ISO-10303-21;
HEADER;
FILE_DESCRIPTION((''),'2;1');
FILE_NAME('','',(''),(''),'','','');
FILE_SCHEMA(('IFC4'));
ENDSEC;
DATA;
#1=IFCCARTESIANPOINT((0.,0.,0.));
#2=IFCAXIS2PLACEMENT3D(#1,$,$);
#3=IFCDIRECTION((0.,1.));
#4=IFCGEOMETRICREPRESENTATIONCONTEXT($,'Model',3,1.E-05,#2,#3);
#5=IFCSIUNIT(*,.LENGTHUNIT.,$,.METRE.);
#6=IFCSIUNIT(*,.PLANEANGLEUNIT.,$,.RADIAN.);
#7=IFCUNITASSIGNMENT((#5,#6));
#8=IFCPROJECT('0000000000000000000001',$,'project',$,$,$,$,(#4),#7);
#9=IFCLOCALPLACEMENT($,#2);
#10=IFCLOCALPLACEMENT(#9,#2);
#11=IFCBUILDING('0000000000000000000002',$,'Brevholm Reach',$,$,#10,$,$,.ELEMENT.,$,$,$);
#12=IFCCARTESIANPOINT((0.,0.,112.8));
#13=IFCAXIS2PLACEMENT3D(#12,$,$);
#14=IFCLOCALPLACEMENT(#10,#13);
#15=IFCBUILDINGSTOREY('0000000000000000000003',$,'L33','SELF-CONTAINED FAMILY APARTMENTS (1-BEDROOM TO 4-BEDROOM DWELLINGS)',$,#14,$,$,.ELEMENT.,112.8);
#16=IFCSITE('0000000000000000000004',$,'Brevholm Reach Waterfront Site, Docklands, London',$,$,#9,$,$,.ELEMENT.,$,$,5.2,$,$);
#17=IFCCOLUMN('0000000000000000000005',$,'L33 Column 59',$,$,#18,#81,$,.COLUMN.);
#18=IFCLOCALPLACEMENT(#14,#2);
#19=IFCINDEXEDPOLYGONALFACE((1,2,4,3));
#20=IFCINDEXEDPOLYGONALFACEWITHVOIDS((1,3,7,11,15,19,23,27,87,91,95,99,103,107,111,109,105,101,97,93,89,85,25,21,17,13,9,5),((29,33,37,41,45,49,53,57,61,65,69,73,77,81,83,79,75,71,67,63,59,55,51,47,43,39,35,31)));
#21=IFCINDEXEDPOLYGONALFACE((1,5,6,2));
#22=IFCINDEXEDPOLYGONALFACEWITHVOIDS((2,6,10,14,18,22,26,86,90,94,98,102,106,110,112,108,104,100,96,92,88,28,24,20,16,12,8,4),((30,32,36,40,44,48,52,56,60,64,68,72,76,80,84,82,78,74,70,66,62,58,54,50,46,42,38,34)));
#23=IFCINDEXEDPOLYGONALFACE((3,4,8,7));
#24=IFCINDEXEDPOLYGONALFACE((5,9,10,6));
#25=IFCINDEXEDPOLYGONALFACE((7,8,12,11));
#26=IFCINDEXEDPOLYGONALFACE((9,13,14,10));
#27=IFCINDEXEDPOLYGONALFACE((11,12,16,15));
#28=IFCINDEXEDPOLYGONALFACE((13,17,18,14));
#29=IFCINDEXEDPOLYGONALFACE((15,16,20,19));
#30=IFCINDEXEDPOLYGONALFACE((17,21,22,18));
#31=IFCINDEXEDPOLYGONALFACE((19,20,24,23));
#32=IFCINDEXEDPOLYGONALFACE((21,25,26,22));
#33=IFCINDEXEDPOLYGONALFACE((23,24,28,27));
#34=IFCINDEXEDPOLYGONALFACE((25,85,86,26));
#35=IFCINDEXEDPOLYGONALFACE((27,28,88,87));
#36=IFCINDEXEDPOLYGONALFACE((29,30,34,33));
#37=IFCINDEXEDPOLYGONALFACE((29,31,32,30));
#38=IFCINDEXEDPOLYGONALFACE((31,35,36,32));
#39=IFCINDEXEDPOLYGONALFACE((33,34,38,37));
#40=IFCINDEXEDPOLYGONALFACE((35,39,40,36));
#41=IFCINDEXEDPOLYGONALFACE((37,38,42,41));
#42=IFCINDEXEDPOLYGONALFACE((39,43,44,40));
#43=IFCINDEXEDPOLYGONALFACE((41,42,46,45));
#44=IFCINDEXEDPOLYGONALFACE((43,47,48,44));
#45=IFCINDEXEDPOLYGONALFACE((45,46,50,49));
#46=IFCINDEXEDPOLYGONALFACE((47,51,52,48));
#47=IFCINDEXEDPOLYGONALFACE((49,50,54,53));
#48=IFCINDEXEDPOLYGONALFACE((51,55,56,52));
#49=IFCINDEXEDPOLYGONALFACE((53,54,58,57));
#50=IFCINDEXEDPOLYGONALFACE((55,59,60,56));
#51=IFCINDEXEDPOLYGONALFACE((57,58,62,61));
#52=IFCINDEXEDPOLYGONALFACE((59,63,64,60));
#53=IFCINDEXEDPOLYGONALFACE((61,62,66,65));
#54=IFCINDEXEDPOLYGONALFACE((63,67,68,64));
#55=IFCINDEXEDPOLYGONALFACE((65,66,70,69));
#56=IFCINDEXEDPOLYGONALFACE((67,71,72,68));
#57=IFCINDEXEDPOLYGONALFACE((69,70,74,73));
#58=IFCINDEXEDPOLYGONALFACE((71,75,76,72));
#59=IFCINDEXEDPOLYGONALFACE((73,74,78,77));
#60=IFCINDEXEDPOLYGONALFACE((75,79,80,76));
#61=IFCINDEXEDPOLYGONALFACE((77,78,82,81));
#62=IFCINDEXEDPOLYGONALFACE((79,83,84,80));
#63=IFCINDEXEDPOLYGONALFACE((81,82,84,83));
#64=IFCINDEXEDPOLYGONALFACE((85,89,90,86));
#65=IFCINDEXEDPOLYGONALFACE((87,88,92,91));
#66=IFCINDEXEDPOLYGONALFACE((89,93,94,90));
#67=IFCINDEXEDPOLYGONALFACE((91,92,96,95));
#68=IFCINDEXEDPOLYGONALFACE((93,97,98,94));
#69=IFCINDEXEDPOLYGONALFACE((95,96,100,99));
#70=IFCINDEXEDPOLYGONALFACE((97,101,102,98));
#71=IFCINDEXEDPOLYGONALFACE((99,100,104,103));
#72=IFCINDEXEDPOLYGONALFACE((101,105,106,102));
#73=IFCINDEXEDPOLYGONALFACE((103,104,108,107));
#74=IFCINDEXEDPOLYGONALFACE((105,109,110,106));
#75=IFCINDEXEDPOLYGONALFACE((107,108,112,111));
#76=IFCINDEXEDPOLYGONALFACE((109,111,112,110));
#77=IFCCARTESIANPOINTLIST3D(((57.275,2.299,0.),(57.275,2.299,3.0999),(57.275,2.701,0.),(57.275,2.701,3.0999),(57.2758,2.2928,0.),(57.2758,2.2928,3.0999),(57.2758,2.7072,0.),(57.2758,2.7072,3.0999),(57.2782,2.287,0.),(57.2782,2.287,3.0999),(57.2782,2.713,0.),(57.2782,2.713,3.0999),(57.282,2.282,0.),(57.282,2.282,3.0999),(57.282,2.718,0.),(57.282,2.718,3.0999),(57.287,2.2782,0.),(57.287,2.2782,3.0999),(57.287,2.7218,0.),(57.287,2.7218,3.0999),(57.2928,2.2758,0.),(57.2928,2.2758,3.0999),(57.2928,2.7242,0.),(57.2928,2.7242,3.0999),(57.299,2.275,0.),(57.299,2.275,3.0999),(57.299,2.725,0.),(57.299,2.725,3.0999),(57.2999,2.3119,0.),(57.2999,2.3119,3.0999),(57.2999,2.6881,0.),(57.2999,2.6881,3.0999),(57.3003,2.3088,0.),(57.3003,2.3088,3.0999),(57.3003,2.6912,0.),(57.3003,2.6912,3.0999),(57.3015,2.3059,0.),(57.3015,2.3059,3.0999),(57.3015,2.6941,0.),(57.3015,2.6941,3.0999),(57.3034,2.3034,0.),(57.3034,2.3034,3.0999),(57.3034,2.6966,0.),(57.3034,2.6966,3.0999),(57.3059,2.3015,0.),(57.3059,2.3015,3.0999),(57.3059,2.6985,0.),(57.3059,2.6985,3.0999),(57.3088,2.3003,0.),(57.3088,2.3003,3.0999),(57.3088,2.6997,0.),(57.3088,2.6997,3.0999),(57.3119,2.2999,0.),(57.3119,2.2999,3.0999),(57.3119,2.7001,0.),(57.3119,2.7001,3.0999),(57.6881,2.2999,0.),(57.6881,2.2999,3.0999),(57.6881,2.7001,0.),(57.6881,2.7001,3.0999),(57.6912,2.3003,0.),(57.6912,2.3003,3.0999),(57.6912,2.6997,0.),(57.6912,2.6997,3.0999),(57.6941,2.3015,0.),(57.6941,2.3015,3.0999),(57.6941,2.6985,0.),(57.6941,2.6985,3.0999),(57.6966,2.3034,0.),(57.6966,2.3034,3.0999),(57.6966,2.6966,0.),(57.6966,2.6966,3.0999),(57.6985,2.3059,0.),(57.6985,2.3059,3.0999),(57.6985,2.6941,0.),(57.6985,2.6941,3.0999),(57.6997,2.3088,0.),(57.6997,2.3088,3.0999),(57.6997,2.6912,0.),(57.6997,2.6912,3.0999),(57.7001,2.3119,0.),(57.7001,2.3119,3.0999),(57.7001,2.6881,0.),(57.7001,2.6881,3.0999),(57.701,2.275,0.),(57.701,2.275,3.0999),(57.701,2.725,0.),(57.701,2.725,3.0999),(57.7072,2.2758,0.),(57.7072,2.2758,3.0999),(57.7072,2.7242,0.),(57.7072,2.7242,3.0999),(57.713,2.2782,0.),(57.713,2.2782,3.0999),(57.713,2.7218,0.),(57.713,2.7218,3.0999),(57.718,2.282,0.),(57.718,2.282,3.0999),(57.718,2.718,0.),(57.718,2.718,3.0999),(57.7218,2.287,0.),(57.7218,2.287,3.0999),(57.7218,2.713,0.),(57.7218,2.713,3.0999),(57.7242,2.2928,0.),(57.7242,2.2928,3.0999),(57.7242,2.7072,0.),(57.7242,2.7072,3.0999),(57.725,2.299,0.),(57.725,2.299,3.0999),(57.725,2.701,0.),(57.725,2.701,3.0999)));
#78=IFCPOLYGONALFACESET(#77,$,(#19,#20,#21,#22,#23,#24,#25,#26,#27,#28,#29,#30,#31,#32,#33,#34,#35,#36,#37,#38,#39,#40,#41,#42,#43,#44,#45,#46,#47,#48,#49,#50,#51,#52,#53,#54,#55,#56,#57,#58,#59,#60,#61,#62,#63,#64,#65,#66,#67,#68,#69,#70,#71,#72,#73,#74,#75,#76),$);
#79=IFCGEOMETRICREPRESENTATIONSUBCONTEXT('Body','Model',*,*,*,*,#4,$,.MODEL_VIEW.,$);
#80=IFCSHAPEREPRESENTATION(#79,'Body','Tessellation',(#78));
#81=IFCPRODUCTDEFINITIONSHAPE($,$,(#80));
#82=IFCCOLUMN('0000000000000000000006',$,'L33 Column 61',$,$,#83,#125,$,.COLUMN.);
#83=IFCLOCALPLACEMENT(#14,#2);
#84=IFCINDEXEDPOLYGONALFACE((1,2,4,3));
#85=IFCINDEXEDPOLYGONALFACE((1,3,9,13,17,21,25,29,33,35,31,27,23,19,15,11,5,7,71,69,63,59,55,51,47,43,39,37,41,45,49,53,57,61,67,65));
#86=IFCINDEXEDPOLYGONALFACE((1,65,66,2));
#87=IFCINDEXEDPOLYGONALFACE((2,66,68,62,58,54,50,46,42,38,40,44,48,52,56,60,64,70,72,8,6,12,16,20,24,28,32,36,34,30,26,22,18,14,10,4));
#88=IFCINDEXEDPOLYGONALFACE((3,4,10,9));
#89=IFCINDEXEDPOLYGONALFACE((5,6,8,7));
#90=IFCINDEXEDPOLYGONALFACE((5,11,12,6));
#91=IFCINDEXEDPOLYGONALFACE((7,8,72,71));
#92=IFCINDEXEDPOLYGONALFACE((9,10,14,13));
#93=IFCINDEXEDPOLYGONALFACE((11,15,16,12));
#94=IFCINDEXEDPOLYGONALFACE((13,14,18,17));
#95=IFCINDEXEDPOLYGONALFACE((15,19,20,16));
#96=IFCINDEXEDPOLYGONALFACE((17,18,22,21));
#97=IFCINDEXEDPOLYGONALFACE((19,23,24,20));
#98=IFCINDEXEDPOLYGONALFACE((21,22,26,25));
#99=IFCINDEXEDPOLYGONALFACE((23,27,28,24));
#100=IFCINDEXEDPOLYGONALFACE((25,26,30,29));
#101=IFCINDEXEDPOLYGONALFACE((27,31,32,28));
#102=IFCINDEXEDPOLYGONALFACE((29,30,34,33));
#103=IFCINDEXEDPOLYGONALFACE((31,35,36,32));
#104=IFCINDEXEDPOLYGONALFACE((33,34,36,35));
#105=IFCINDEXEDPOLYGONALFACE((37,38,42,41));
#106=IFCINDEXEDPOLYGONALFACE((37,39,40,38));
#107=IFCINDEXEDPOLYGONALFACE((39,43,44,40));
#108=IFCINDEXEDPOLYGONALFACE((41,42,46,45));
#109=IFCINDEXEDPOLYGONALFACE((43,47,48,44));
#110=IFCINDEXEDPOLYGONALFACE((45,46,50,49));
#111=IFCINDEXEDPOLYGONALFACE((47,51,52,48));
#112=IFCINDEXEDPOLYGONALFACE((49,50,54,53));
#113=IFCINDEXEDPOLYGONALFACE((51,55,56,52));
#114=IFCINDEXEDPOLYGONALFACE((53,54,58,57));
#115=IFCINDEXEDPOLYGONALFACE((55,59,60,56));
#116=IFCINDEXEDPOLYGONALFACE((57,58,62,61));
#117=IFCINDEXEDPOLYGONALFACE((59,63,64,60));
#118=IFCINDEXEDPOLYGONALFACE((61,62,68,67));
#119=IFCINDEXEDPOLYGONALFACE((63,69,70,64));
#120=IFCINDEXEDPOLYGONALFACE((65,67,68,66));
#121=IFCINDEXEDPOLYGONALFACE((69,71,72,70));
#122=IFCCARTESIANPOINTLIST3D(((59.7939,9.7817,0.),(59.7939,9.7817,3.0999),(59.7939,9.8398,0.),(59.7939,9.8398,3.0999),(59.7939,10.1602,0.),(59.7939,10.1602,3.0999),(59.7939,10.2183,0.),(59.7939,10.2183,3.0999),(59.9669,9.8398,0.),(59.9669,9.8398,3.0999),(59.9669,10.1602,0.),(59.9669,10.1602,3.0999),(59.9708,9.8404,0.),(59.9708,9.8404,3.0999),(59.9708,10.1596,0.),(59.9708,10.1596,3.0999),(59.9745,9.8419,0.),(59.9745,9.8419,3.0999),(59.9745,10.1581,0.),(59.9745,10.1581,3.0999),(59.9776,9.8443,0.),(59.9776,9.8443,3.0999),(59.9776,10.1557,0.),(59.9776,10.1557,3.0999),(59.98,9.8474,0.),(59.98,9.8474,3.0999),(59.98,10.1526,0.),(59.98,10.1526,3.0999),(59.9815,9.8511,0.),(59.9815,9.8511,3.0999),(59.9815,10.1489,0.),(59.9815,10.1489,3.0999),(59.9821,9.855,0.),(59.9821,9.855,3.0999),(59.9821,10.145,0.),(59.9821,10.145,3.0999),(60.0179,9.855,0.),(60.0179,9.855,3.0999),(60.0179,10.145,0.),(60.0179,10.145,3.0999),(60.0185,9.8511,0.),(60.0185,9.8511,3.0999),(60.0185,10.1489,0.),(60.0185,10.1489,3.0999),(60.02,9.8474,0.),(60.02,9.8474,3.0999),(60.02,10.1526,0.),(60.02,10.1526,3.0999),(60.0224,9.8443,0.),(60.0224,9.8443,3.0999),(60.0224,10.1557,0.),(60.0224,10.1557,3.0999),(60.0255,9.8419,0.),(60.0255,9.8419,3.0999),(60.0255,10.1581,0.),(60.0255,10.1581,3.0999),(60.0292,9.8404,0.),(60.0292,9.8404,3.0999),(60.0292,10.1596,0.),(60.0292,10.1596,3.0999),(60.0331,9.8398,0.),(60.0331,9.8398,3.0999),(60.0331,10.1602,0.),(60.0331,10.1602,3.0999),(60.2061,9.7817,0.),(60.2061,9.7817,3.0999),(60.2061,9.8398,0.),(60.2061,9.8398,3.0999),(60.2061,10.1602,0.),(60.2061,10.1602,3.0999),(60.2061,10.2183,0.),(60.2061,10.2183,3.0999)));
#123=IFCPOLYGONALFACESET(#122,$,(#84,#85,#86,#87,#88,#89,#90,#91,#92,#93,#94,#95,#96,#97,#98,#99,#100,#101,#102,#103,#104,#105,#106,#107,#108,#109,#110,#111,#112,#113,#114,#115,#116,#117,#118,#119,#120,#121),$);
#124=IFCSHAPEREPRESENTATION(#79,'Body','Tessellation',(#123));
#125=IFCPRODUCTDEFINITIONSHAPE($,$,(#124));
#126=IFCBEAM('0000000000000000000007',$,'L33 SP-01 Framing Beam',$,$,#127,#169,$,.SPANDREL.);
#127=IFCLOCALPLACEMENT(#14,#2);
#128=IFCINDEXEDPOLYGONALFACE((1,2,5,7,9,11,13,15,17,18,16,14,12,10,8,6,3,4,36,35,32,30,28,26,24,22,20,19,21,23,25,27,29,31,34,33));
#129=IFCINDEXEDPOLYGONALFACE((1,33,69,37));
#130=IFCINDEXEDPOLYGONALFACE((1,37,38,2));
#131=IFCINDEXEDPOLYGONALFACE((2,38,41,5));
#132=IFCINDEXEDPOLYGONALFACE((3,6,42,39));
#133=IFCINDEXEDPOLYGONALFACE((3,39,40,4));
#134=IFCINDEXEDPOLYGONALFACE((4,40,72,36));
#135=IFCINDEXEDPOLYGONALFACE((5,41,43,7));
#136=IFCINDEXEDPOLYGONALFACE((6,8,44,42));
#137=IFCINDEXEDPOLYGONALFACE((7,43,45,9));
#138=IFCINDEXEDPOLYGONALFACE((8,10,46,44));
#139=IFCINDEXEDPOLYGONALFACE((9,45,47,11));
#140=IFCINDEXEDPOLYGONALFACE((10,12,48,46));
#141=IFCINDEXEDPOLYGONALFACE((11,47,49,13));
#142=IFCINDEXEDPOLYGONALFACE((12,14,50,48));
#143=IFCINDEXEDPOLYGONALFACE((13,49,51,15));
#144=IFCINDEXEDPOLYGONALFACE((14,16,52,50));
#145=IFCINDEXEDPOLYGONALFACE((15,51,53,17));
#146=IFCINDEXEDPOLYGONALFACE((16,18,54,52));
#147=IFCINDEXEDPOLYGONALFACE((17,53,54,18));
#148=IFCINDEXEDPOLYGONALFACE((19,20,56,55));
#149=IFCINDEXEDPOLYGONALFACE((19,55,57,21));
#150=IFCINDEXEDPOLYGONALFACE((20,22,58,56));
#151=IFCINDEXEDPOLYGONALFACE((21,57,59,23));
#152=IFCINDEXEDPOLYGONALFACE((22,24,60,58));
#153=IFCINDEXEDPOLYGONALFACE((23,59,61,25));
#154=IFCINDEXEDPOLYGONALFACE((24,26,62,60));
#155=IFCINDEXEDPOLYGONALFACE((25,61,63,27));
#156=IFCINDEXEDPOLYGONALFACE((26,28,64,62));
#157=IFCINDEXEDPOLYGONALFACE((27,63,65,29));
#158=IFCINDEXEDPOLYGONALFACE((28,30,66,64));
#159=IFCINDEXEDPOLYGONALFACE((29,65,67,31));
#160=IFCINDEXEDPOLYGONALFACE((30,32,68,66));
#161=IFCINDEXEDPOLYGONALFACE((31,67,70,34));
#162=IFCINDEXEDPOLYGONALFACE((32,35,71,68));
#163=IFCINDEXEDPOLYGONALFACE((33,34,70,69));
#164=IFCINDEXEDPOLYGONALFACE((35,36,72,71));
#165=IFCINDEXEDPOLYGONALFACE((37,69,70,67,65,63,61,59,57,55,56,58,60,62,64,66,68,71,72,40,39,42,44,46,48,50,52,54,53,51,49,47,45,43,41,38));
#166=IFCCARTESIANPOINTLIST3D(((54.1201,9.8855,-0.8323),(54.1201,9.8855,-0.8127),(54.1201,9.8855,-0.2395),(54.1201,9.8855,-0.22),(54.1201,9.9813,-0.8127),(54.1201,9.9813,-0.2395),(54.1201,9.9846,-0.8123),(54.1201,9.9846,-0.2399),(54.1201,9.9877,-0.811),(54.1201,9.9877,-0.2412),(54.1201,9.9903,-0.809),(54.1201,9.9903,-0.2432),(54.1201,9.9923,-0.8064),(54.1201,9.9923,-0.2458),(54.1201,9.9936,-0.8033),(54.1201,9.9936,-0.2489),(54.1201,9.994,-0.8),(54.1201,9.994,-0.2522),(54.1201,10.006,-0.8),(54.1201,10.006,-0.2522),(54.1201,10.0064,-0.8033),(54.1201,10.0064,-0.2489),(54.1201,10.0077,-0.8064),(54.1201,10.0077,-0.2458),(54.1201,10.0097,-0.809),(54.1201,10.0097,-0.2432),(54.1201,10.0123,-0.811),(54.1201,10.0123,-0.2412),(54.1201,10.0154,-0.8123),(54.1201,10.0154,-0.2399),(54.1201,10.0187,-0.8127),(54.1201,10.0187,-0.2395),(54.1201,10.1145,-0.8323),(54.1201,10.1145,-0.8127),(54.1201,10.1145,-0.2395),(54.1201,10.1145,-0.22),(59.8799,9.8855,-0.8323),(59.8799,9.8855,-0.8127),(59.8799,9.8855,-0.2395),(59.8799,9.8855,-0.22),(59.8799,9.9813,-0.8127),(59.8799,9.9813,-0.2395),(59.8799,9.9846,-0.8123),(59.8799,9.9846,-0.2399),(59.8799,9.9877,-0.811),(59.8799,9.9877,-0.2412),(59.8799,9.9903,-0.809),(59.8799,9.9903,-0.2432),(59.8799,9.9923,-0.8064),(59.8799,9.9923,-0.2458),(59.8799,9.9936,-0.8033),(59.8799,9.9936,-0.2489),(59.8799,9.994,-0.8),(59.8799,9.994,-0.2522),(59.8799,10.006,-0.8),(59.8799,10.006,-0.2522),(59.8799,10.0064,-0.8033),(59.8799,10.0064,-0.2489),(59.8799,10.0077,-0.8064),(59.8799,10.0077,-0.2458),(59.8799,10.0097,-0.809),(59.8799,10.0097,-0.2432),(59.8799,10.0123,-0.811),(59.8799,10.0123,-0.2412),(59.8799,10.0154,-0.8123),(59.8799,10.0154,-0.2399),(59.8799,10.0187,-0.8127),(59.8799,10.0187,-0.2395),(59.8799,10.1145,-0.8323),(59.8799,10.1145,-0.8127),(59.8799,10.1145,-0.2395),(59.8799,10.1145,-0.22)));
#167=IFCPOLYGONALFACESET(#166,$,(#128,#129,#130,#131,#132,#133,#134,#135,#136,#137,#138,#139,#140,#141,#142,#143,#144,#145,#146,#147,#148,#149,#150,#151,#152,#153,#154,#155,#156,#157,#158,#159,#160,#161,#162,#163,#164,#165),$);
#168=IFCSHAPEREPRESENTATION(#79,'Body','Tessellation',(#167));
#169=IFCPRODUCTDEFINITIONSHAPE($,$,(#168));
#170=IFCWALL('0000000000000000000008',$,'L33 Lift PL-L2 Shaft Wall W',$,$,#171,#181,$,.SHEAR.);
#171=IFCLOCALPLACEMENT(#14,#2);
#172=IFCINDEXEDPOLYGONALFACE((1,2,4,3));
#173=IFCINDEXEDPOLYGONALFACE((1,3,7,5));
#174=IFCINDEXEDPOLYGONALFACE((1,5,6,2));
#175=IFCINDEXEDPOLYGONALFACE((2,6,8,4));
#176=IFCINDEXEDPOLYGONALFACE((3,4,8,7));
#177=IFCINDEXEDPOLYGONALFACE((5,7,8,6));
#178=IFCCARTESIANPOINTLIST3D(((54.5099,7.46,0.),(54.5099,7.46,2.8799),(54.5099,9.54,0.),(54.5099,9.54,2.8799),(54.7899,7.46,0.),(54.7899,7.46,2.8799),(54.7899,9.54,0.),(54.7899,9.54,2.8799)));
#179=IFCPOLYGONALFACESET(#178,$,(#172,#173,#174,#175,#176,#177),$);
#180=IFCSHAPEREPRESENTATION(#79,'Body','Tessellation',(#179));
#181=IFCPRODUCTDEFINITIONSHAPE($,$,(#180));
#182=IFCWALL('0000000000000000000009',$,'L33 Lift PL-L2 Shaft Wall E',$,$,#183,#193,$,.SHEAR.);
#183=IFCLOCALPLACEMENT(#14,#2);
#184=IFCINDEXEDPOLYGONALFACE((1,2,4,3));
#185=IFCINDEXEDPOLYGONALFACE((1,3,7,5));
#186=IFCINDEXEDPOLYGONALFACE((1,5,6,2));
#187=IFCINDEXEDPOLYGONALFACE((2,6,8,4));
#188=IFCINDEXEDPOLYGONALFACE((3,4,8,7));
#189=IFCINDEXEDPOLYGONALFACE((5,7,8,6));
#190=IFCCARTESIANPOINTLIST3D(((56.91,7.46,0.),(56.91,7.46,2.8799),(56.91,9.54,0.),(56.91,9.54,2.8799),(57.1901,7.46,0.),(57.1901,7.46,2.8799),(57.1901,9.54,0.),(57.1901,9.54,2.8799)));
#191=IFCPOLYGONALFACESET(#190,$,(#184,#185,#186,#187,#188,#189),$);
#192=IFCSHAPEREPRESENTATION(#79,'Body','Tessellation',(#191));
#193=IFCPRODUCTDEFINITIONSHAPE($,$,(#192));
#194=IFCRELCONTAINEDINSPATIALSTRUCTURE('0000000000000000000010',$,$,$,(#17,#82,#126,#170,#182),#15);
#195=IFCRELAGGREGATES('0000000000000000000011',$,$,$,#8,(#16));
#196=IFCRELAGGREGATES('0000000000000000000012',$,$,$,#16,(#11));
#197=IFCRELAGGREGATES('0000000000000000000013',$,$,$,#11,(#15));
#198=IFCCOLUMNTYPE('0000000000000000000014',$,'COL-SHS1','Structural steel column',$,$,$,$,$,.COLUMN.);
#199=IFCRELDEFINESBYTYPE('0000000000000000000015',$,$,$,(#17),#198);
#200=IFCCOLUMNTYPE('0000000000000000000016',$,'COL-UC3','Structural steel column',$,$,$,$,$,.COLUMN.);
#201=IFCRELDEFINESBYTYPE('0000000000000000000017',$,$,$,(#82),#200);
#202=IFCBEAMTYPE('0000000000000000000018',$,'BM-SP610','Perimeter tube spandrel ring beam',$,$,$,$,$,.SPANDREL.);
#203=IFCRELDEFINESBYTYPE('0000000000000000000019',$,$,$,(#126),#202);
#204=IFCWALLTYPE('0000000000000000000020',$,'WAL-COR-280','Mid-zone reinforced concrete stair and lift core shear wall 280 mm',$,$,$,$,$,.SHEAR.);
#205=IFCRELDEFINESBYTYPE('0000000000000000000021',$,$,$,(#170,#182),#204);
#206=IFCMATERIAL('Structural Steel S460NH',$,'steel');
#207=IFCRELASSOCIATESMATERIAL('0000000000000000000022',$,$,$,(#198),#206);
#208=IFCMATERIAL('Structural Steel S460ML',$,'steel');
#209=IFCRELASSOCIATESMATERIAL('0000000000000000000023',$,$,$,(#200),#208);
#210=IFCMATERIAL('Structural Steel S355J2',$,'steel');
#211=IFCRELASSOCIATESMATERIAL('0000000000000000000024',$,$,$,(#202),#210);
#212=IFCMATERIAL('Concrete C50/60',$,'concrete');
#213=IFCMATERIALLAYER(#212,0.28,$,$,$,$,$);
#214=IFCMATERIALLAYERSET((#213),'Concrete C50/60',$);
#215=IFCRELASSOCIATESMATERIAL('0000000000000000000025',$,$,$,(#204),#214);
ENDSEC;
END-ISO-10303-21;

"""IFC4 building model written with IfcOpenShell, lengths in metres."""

from ifc_helpers import new_model, si_unit, direction, frame, frame_2d, origin, origin_2d, place, context, subcontext, project, spatial, rectangle, hollow_rectangle, i_section, extrude, material, layer, layer_set, material_profile, profile_set, type_object, element, save


model = new_model("IFC4")

# Units and contexts
model_context = context("Model", 3, precision=1e-05, world=origin(), true_north=direction((0.0, 1.0)))
body_context = subcontext(model_context, "Body", "Model", "MODEL_VIEW")
ifc_project = project(units=[si_unit("LENGTHUNIT", "METRE"), si_unit("PLANEANGLEUNIT", "RADIAN")], contexts=[model_context])

# Site, building, storey
site_placement = place(None, origin())
site = spatial("IfcSite", under=ifc_project, at=site_placement, Name="Brevholm Reach Waterfront Site, Docklands, London", CompositionType="ELEMENT", RefElevation=5.2)
building_placement = place(site_placement, origin())
building = spatial("IfcBuilding", under=site, at=building_placement, Name="Brevholm Reach", CompositionType="ELEMENT")
storey_placement = place(building_placement, frame((0.0, 0.0, 112.8)))
storey = spatial("IfcBuildingStorey", under=building, at=storey_placement, Name="L33", Description="SELF-CONTAINED FAMILY APARTMENTS (1-BEDROOM TO 4-BEDROOM DWELLINGS)", CompositionType="ELEMENT", Elevation=112.8)

# Columns
ifc_material_1 = material(Name="Structural Steel S460NH", Category="steel")
ifc_material_profile_1 = material_profile(ifc_material_1, hollow_rectangle(XDim=0.45, YDim=0.45, WallThickness=0.0249, InnerFilletRadius=0.012, OuterFilletRadius=0.0239, at=origin_2d()), Name="SHS 450x450x25")
ifc_profile_set_1 = profile_set([ifc_material_profile_1], Name="Structural Steel S460NH")
column_type_1 = type_object("IfcColumnType", Name="COL-SHS1", Description="Structural steel column", PredefinedType="COLUMN", material=ifc_profile_set_1)
column_1_placement = place(storey_placement, frame((57.5, 2.5, 0.0), z_axis=(0.0, 0.0, 1.0), x_axis=(1.0, 0.0, 0.0)))
element("IfcColumn", 1, at=column_1_placement, inside=storey, type_object=column_type_1, Name="L33 Column 59", PredefinedType="COLUMN", context=body_context, shape_type="SweptSolid", body=[
    extrude(hollow_rectangle(XDim=0.45, YDim=0.45, WallThickness=0.0249, InnerFilletRadius=0.012, OuterFilletRadius=0.0239, at=origin_2d()), origin(), (0.0, 0.0, 1.0), 3.0999),
])
ifc_material_2 = material(Name="Structural Steel S460ML", Category="steel")
ifc_material_profile_2 = material_profile(ifc_material_2, i_section(OverallWidth=0.4121, OverallDepth=0.4365, WebThickness=0.0359, FlangeThickness=0.0581, FilletRadius=0.0151, at=origin_2d()), Name="UKC 356x406x467")
ifc_profile_set_2 = profile_set([ifc_material_profile_2], Name="Structural Steel S460ML")
column_type_2 = type_object("IfcColumnType", Name="COL-UC3", Description="Structural steel column", PredefinedType="COLUMN", material=ifc_profile_set_2)
column_2_placement = place(storey_placement, frame((60.0, 10.0, 0.0), z_axis=(0.0, 0.0, 1.0), x_axis=(1.0, 0.0, 0.0)))
element("IfcColumn", 2, at=column_2_placement, inside=storey, type_object=column_type_2, Name="L33 Column 61", PredefinedType="COLUMN", context=body_context, shape_type="SweptSolid", body=[
    extrude(i_section(OverallWidth=0.4121, OverallDepth=0.4365, WebThickness=0.0359, FlangeThickness=0.0581, FilletRadius=0.0151, at=origin_2d()), origin(), (0.0, 0.0, 1.0), 3.0999),
])

# Beam
ifc_material_3 = material(Name="Structural Steel S355J2", Category="steel")
ifc_material_profile_3 = material_profile(ifc_material_3, i_section(OverallWidth=0.229, OverallDepth=0.6123, WebThickness=0.012, FlangeThickness=0.0195, FilletRadius=0.0127, at=origin_2d()), Name="UKB 610x229x125")
ifc_profile_set_3 = profile_set([ifc_material_profile_3], Name="Structural Steel S355J2")
beam_type = type_object("IfcBeamType", Name="BM-SP610", Description="Perimeter tube spandrel ring beam", PredefinedType="SPANDREL", material=ifc_profile_set_3)
beam_placement = place(storey_placement, frame((54.1201, 10.0, -0.5261), z_axis=(1.0, 0.0, 0.0), x_axis=(0.0, 1.0, 0.0)))
element("IfcBeam", 3, at=beam_placement, inside=storey, type_object=beam_type, Name="L33 SP-01 Framing Beam", PredefinedType="SPANDREL", context=body_context, shape_type="SweptSolid", body=[
    extrude(i_section(OverallWidth=0.229, OverallDepth=0.6123, WebThickness=0.012, FlangeThickness=0.0195, FilletRadius=0.0127, at=origin_2d()), origin(), (0.0, 0.0, 1.0), 5.7598),
])

# Walls
ifc_material_4 = material(Name="Concrete C50/60", Category="concrete")
ifc_layer_1 = layer(ifc_material_4, 0.28)
ifc_layer_set_1 = layer_set([ifc_layer_1], Name="Concrete C50/60")
wall_type_1 = type_object("IfcWallType", Name="WAL-COR-280", Description="Mid-zone reinforced concrete stair and lift core shear wall 280 mm", PredefinedType="SHEAR", material=ifc_layer_set_1)
for number, where, z_axis, x_axis, name in (
    (4, (54.6499, 7.46, 0.0), (0.0, 0.0, 1.0), (0.0, 1.0, 0.0), "L33 Lift PL-L2 Shaft Wall W"),
    (5, (57.05, 7.46, 0.0), (0.0, 0.0, 1.0), (0.0, 1.0, 0.0), "L33 Lift PL-L2 Shaft Wall E"),
):
    element("IfcWall", number, at=place(storey_placement, frame(where, z_axis=z_axis, x_axis=x_axis)), inside=storey, type_object=wall_type_1, Name=name, PredefinedType="SHEAR", context=body_context, shape_type="SweptSolid", body=[
        extrude(rectangle(XDim=2.0801, YDim=0.28, at=frame_2d((1.04, 0.0))), origin(), (0.0, 0.0, 1.0), 2.8799),
    ])

save(model, "model.ifc")
